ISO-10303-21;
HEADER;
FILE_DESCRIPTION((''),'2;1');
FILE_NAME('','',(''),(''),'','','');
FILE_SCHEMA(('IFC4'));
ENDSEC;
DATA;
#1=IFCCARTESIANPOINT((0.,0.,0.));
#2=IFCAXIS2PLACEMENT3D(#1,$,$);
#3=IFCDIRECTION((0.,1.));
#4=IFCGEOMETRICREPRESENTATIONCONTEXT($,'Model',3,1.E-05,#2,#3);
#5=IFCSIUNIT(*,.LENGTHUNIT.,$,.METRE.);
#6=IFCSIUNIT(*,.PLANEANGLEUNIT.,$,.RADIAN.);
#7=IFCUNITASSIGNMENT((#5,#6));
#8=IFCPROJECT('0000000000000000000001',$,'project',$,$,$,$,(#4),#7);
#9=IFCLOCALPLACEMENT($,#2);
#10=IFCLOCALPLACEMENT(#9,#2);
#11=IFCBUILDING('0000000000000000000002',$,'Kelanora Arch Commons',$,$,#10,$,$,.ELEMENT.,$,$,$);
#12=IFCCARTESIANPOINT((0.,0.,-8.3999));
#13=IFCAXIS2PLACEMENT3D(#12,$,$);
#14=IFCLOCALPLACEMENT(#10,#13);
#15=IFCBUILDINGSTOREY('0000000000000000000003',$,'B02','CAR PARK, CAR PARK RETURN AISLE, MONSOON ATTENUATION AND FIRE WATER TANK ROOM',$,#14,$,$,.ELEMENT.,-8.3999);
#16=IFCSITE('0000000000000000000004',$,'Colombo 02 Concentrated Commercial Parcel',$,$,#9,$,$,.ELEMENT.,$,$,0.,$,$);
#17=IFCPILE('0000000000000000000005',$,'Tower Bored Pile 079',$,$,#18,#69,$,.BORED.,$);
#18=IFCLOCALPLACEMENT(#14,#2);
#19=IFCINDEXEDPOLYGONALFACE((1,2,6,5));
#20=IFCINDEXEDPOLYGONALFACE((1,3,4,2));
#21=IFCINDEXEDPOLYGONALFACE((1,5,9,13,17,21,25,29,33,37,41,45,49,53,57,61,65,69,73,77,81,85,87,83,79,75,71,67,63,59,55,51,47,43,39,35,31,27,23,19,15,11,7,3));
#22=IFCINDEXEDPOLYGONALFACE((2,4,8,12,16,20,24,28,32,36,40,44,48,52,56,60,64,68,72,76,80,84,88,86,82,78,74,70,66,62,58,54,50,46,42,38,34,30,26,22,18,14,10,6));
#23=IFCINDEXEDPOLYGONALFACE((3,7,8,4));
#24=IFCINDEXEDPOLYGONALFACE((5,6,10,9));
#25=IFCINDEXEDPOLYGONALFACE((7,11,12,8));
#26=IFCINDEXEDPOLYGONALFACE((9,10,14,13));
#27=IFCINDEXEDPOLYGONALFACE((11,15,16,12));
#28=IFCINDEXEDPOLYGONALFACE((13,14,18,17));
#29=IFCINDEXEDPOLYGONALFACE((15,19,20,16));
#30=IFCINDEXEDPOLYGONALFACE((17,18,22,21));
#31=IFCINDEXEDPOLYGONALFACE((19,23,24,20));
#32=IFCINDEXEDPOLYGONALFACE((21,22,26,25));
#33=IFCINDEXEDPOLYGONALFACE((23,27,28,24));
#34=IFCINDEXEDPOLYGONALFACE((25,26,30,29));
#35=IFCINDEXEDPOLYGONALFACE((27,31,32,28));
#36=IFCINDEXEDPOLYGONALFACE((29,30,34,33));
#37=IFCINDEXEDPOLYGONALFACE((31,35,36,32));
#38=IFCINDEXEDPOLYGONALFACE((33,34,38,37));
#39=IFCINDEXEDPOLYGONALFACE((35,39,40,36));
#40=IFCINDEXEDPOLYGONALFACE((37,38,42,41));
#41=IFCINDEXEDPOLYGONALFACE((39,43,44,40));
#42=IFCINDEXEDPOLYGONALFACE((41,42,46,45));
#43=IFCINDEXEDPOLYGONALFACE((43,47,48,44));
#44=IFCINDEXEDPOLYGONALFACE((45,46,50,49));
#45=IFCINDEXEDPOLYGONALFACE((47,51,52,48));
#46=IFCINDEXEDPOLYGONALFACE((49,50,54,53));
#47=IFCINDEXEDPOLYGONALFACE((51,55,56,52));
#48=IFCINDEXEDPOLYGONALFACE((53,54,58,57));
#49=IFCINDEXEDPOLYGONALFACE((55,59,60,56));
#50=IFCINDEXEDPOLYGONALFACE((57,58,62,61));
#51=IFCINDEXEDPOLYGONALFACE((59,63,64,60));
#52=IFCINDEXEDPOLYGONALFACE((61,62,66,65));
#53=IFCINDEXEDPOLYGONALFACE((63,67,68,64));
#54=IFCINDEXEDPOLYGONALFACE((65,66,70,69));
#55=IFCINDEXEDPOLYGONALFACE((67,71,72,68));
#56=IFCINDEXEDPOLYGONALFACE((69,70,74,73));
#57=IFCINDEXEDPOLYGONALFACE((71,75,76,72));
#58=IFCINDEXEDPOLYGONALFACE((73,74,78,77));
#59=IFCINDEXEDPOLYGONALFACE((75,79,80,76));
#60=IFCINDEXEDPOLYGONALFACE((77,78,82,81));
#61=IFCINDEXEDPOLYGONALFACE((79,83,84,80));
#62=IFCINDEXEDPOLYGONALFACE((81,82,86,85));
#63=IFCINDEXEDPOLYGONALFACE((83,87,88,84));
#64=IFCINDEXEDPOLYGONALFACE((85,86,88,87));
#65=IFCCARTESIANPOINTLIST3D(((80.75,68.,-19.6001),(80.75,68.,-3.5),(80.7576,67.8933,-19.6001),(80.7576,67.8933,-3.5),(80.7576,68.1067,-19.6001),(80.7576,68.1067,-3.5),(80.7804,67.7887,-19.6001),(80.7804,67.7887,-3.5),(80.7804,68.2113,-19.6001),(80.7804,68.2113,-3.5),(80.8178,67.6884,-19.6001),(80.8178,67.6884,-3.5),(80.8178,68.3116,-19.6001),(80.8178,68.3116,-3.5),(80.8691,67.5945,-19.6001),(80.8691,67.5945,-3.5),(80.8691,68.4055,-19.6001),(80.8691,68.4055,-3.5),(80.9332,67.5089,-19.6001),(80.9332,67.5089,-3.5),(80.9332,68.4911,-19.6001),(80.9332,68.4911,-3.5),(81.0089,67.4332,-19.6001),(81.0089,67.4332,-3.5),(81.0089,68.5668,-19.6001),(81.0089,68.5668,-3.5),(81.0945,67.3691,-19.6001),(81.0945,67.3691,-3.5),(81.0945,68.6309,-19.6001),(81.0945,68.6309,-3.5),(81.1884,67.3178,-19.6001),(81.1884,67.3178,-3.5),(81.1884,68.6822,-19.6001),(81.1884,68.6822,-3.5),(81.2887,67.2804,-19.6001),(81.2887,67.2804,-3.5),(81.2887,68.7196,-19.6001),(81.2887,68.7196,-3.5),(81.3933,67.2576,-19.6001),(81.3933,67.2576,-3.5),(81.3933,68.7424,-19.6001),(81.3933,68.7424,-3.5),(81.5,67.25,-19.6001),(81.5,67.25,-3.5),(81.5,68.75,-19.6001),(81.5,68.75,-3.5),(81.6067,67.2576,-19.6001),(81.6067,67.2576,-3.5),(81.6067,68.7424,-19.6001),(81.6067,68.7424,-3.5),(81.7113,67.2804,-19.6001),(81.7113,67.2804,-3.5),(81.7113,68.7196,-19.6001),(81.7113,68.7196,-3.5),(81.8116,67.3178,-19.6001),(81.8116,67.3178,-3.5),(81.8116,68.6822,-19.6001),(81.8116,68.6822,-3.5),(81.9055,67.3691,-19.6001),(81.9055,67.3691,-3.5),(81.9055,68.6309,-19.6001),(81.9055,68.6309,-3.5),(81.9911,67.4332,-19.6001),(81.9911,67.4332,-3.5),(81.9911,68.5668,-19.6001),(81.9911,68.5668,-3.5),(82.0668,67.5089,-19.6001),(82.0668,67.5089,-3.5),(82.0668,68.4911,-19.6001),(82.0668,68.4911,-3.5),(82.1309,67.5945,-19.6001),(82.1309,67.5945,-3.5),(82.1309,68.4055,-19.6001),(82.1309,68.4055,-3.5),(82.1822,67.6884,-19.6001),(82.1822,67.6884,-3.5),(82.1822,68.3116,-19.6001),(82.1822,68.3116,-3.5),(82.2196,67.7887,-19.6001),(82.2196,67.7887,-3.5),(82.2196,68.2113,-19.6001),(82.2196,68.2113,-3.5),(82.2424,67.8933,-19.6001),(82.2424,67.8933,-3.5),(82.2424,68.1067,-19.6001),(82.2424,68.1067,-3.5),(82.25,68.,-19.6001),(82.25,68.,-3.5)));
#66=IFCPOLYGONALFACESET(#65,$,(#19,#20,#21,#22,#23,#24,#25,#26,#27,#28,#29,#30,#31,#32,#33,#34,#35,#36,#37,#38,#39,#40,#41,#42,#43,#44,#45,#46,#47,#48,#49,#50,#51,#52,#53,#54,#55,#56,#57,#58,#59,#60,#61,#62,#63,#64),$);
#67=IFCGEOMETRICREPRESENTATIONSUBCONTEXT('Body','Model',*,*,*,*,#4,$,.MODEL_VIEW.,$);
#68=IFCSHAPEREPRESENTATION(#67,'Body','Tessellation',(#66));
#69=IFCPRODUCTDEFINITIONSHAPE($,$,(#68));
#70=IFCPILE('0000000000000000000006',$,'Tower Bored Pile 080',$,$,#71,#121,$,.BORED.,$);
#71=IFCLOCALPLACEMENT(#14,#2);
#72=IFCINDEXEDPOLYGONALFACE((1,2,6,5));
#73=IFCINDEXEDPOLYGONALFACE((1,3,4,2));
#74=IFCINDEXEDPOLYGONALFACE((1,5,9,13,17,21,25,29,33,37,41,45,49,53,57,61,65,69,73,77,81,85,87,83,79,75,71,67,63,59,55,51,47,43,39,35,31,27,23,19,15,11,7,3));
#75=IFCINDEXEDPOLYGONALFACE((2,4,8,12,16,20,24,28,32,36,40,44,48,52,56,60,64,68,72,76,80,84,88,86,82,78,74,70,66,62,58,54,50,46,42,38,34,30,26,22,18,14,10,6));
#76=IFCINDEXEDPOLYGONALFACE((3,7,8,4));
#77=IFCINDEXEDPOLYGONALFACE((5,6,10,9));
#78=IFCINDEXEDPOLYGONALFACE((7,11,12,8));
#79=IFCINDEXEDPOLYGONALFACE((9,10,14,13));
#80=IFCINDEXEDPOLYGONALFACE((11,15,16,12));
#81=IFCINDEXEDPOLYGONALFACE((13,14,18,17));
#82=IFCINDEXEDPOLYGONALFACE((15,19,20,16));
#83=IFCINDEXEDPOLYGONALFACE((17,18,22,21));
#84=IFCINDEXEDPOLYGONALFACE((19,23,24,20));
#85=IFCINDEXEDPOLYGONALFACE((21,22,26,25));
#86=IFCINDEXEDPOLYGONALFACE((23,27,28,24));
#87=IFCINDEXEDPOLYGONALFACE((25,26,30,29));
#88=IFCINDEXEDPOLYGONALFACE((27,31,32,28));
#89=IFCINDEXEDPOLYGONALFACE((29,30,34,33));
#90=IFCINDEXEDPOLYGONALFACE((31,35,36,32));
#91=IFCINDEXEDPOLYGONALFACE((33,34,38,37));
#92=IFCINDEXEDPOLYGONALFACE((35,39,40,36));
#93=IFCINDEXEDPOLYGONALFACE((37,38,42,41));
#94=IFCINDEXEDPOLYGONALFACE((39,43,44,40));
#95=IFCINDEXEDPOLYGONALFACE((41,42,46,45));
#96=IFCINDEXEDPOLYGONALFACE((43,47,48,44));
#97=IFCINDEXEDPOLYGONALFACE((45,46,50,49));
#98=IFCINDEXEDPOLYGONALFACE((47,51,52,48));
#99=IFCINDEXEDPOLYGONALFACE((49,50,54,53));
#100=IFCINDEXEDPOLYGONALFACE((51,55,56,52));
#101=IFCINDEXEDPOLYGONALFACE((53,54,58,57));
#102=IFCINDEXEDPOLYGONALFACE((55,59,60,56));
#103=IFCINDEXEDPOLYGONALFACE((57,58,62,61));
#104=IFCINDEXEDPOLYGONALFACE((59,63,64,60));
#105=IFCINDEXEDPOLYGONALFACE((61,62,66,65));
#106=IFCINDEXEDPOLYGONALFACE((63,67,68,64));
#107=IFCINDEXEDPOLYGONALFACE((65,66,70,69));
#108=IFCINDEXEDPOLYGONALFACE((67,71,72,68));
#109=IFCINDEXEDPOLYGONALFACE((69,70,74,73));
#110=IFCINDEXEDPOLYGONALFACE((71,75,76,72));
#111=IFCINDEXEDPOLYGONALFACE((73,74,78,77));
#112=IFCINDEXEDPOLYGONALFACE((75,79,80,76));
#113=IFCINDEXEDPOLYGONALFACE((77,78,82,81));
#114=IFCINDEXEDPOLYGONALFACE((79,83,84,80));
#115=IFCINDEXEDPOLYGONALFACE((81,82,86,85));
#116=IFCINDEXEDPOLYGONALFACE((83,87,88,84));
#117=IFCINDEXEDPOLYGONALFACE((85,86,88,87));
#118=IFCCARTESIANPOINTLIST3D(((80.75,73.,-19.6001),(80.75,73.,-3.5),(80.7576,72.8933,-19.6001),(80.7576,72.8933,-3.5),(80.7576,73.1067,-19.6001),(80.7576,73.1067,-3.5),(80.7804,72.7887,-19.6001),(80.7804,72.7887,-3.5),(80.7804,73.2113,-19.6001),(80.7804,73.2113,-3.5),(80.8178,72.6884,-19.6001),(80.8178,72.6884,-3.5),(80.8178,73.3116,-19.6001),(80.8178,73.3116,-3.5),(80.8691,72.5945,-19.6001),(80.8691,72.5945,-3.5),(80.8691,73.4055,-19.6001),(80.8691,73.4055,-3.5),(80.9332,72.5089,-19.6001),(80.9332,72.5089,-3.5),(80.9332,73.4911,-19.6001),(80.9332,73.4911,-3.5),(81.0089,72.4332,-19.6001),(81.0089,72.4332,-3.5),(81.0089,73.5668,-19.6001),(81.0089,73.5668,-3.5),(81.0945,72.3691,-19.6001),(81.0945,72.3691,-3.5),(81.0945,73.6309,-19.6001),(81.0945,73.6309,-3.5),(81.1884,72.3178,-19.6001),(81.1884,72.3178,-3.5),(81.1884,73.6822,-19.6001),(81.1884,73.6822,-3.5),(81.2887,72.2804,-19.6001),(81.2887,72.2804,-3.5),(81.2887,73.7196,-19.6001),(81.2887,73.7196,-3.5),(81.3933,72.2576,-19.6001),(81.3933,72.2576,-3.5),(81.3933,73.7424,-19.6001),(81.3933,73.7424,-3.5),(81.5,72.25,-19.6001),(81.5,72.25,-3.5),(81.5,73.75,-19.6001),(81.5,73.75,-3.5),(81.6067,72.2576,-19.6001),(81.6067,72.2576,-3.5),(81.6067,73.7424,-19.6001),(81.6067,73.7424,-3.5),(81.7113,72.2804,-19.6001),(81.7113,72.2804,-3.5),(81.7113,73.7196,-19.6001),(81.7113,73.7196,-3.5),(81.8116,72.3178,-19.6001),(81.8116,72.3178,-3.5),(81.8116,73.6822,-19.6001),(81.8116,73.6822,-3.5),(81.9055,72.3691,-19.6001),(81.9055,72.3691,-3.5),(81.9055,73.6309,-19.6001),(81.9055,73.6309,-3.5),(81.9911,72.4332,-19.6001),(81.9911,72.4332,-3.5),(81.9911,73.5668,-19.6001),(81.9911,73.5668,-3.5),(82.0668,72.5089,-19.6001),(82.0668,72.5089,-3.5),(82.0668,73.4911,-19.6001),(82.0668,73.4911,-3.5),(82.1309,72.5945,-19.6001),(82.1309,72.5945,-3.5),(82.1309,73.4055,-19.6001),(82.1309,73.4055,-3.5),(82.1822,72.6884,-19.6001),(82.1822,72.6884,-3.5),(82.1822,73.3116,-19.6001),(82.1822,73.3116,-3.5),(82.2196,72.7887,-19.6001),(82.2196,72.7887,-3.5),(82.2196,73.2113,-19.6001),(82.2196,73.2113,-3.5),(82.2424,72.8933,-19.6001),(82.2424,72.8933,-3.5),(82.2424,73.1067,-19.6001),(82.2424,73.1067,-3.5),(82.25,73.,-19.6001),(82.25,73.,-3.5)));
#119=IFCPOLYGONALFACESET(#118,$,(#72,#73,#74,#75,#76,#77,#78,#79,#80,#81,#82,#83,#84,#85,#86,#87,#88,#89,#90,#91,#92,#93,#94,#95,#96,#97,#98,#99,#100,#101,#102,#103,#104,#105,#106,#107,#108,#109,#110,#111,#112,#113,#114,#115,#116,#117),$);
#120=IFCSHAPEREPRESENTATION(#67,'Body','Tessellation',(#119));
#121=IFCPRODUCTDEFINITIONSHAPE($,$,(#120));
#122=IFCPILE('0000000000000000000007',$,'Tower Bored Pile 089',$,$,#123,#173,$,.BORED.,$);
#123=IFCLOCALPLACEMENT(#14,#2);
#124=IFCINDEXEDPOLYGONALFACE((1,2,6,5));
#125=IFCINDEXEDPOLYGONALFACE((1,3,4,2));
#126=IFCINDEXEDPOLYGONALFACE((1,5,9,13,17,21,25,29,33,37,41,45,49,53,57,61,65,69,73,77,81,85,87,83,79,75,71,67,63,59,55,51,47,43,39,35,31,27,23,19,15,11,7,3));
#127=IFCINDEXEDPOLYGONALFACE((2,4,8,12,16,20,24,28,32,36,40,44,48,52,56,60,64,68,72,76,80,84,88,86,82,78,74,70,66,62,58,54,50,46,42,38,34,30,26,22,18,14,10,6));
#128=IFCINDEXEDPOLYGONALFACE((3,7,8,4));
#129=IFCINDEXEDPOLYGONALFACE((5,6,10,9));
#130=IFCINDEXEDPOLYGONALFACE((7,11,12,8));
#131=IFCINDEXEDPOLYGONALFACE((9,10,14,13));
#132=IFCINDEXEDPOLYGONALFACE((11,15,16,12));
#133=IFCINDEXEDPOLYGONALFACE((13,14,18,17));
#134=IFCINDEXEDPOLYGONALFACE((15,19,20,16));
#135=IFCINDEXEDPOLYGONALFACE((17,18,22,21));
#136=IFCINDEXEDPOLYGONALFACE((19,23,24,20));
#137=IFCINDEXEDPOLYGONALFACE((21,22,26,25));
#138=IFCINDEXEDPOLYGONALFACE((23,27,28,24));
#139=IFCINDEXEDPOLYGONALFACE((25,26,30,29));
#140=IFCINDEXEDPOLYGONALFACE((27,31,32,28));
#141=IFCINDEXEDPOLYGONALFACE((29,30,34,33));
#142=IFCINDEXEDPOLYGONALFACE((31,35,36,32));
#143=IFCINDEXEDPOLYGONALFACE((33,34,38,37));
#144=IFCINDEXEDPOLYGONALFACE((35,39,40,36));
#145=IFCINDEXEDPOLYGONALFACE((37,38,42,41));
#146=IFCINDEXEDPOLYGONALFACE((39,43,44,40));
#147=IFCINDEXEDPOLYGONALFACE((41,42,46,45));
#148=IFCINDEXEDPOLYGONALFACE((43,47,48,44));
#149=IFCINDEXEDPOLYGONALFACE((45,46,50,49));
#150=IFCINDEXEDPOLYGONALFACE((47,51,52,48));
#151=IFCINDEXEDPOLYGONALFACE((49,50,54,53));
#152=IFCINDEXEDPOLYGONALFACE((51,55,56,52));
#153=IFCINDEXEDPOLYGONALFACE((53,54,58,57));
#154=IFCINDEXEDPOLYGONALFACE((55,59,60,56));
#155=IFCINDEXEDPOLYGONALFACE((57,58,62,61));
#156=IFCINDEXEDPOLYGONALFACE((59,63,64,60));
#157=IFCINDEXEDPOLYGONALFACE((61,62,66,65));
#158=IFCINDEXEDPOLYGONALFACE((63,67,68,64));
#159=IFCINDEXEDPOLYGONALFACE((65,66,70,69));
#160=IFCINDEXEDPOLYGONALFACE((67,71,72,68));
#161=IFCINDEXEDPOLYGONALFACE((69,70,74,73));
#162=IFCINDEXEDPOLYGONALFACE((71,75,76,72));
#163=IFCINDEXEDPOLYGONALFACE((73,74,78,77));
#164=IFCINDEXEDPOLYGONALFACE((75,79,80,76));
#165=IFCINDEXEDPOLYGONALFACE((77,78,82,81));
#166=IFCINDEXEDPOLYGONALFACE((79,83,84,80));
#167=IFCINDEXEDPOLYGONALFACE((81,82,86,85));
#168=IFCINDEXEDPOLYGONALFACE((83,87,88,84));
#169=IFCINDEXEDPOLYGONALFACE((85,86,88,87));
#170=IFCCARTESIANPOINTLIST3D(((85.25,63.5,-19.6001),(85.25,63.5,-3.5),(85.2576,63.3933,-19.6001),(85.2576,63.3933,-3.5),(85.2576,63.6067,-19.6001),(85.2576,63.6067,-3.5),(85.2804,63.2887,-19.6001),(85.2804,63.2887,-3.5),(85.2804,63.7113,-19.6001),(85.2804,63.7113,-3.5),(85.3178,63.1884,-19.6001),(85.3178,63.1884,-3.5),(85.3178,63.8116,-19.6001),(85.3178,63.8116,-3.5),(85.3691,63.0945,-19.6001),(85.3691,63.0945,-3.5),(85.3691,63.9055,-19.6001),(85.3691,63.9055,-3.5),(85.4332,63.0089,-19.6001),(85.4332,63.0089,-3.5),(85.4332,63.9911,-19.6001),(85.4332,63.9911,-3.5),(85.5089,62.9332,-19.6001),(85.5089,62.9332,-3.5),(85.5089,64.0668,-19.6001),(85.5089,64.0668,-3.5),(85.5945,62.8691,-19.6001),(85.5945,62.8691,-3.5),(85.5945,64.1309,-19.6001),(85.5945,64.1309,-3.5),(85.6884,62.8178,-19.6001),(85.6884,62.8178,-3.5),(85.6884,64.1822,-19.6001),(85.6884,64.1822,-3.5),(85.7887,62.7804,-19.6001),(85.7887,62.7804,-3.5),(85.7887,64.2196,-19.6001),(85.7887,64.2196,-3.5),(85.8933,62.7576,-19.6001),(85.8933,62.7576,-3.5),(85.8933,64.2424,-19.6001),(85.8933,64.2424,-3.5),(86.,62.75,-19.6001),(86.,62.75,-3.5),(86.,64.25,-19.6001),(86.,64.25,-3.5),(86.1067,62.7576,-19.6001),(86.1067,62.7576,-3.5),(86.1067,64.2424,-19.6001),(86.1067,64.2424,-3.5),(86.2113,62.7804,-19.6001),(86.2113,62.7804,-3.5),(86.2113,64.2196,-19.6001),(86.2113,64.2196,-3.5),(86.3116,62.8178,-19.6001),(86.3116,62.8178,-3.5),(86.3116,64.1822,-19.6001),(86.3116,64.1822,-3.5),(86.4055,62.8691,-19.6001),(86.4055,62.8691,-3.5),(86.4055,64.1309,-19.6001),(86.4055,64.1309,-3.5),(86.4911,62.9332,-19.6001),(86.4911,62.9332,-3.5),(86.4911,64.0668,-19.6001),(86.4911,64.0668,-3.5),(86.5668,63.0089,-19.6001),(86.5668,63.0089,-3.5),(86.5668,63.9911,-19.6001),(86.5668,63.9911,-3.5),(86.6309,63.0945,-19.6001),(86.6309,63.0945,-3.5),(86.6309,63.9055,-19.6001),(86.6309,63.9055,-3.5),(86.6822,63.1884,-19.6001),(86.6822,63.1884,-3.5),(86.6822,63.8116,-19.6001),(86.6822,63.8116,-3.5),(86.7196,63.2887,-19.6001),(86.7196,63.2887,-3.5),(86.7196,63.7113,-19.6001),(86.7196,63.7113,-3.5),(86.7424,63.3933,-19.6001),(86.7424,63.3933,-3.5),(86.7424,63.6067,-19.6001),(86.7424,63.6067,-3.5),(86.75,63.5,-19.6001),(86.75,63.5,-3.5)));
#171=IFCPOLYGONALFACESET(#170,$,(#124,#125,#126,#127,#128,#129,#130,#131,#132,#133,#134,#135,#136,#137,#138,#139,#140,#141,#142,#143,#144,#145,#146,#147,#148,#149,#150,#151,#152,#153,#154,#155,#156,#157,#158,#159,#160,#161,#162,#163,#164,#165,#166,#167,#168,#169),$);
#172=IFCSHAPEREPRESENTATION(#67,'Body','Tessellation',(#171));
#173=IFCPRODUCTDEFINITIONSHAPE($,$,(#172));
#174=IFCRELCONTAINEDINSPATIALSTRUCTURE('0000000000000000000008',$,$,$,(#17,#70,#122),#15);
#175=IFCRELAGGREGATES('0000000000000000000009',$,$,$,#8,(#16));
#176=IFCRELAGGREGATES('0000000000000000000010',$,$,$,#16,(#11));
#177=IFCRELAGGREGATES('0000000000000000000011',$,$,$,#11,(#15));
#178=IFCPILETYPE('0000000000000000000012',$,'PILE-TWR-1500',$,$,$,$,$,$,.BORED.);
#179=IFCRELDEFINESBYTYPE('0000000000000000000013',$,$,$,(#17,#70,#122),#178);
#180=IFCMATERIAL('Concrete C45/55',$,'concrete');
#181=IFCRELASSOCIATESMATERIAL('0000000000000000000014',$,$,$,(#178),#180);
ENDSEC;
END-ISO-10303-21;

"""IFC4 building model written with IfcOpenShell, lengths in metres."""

from ifc_helpers import new_model, si_unit, direction, frame, origin, origin_2d, place, context, subcontext, project, spatial, circle, extrude, source, transform, mapped, material, material_profile, profile_set, type_object, element, save


model = new_model("IFC4")

# Units and contexts
model_context = context("Model", 3, precision=1e-05, world=origin(), true_north=direction((0.0, 1.0)))
body_context = subcontext(model_context, "Body", "Model", "MODEL_VIEW")
ifc_project = project(units=[si_unit("LENGTHUNIT", "METRE"), si_unit("PLANEANGLEUNIT", "RADIAN")], contexts=[model_context])

# Site, building, storey
site_placement = place(None, origin())
site = spatial("IfcSite", under=ifc_project, at=site_placement, Name="Colombo 02 Concentrated Commercial Parcel", CompositionType="ELEMENT", RefElevation=0.0)
building_placement = place(site_placement, origin())
building = spatial("IfcBuilding", under=site, at=building_placement, Name="Kelanora Arch Commons", CompositionType="ELEMENT")
storey_placement = place(building_placement, frame((0.0, 0.0, -8.3999)))
storey = spatial("IfcBuildingStorey", under=building, at=storey_placement, Name="B02", Description="CAR PARK, CAR PARK RETURN AISLE, MONSOON ATTENUATION AND FIRE WATER TANK ROOM", CompositionType="ELEMENT", Elevation=-8.3999)

# Piles
ifc_material_1 = material(Name="Concrete C45/55", Category="concrete")
ifc_material_profile_1 = material_profile(ifc_material_1, circle(Radius=0.75, at=origin_2d()), Name="PILE1500")
ifc_profile_set_1 = profile_set([ifc_material_profile_1], Name="Concrete C45/55")
pile_type = type_object("IfcPileType", Name="PILE-TWR-1500", PredefinedType="BORED", material=ifc_profile_set_1)
shared_shape = source(origin(), body_context, "Body", "SweptSolid", [
    extrude(circle(Radius=0.75, at=origin_2d()), origin(), (0.0, 0.0, 1.0), 16.1001),
])
for number, where, z_axis, x_axis, name in (
    (1, (81.5, 68.0, -3.5), (0.0, 0.0, -1.0), (1.0, 0.0, 0.0), "Tower Bored Pile 079"),
    (2, (81.5, 73.0, -3.5), (0.0, 0.0, -1.0), (1.0, 0.0, 0.0), "Tower Bored Pile 080"),
    (3, (86.0, 63.5, -3.5), (0.0, 0.0, -1.0), (1.0, 0.0, 0.0), "Tower Bored Pile 089"),
):
    element("IfcPile", number, at=place(storey_placement, frame(where, z_axis=z_axis, x_axis=x_axis)), inside=storey, type_object=pile_type, Name=name, PredefinedType="BORED", context=body_context, shape_type="MappedRepresentation", body=[
        mapped(shared_shape, transform((0.0, 0.0, 0.0), scale=1.0)),
    ])

save(model, "model.ifc")
